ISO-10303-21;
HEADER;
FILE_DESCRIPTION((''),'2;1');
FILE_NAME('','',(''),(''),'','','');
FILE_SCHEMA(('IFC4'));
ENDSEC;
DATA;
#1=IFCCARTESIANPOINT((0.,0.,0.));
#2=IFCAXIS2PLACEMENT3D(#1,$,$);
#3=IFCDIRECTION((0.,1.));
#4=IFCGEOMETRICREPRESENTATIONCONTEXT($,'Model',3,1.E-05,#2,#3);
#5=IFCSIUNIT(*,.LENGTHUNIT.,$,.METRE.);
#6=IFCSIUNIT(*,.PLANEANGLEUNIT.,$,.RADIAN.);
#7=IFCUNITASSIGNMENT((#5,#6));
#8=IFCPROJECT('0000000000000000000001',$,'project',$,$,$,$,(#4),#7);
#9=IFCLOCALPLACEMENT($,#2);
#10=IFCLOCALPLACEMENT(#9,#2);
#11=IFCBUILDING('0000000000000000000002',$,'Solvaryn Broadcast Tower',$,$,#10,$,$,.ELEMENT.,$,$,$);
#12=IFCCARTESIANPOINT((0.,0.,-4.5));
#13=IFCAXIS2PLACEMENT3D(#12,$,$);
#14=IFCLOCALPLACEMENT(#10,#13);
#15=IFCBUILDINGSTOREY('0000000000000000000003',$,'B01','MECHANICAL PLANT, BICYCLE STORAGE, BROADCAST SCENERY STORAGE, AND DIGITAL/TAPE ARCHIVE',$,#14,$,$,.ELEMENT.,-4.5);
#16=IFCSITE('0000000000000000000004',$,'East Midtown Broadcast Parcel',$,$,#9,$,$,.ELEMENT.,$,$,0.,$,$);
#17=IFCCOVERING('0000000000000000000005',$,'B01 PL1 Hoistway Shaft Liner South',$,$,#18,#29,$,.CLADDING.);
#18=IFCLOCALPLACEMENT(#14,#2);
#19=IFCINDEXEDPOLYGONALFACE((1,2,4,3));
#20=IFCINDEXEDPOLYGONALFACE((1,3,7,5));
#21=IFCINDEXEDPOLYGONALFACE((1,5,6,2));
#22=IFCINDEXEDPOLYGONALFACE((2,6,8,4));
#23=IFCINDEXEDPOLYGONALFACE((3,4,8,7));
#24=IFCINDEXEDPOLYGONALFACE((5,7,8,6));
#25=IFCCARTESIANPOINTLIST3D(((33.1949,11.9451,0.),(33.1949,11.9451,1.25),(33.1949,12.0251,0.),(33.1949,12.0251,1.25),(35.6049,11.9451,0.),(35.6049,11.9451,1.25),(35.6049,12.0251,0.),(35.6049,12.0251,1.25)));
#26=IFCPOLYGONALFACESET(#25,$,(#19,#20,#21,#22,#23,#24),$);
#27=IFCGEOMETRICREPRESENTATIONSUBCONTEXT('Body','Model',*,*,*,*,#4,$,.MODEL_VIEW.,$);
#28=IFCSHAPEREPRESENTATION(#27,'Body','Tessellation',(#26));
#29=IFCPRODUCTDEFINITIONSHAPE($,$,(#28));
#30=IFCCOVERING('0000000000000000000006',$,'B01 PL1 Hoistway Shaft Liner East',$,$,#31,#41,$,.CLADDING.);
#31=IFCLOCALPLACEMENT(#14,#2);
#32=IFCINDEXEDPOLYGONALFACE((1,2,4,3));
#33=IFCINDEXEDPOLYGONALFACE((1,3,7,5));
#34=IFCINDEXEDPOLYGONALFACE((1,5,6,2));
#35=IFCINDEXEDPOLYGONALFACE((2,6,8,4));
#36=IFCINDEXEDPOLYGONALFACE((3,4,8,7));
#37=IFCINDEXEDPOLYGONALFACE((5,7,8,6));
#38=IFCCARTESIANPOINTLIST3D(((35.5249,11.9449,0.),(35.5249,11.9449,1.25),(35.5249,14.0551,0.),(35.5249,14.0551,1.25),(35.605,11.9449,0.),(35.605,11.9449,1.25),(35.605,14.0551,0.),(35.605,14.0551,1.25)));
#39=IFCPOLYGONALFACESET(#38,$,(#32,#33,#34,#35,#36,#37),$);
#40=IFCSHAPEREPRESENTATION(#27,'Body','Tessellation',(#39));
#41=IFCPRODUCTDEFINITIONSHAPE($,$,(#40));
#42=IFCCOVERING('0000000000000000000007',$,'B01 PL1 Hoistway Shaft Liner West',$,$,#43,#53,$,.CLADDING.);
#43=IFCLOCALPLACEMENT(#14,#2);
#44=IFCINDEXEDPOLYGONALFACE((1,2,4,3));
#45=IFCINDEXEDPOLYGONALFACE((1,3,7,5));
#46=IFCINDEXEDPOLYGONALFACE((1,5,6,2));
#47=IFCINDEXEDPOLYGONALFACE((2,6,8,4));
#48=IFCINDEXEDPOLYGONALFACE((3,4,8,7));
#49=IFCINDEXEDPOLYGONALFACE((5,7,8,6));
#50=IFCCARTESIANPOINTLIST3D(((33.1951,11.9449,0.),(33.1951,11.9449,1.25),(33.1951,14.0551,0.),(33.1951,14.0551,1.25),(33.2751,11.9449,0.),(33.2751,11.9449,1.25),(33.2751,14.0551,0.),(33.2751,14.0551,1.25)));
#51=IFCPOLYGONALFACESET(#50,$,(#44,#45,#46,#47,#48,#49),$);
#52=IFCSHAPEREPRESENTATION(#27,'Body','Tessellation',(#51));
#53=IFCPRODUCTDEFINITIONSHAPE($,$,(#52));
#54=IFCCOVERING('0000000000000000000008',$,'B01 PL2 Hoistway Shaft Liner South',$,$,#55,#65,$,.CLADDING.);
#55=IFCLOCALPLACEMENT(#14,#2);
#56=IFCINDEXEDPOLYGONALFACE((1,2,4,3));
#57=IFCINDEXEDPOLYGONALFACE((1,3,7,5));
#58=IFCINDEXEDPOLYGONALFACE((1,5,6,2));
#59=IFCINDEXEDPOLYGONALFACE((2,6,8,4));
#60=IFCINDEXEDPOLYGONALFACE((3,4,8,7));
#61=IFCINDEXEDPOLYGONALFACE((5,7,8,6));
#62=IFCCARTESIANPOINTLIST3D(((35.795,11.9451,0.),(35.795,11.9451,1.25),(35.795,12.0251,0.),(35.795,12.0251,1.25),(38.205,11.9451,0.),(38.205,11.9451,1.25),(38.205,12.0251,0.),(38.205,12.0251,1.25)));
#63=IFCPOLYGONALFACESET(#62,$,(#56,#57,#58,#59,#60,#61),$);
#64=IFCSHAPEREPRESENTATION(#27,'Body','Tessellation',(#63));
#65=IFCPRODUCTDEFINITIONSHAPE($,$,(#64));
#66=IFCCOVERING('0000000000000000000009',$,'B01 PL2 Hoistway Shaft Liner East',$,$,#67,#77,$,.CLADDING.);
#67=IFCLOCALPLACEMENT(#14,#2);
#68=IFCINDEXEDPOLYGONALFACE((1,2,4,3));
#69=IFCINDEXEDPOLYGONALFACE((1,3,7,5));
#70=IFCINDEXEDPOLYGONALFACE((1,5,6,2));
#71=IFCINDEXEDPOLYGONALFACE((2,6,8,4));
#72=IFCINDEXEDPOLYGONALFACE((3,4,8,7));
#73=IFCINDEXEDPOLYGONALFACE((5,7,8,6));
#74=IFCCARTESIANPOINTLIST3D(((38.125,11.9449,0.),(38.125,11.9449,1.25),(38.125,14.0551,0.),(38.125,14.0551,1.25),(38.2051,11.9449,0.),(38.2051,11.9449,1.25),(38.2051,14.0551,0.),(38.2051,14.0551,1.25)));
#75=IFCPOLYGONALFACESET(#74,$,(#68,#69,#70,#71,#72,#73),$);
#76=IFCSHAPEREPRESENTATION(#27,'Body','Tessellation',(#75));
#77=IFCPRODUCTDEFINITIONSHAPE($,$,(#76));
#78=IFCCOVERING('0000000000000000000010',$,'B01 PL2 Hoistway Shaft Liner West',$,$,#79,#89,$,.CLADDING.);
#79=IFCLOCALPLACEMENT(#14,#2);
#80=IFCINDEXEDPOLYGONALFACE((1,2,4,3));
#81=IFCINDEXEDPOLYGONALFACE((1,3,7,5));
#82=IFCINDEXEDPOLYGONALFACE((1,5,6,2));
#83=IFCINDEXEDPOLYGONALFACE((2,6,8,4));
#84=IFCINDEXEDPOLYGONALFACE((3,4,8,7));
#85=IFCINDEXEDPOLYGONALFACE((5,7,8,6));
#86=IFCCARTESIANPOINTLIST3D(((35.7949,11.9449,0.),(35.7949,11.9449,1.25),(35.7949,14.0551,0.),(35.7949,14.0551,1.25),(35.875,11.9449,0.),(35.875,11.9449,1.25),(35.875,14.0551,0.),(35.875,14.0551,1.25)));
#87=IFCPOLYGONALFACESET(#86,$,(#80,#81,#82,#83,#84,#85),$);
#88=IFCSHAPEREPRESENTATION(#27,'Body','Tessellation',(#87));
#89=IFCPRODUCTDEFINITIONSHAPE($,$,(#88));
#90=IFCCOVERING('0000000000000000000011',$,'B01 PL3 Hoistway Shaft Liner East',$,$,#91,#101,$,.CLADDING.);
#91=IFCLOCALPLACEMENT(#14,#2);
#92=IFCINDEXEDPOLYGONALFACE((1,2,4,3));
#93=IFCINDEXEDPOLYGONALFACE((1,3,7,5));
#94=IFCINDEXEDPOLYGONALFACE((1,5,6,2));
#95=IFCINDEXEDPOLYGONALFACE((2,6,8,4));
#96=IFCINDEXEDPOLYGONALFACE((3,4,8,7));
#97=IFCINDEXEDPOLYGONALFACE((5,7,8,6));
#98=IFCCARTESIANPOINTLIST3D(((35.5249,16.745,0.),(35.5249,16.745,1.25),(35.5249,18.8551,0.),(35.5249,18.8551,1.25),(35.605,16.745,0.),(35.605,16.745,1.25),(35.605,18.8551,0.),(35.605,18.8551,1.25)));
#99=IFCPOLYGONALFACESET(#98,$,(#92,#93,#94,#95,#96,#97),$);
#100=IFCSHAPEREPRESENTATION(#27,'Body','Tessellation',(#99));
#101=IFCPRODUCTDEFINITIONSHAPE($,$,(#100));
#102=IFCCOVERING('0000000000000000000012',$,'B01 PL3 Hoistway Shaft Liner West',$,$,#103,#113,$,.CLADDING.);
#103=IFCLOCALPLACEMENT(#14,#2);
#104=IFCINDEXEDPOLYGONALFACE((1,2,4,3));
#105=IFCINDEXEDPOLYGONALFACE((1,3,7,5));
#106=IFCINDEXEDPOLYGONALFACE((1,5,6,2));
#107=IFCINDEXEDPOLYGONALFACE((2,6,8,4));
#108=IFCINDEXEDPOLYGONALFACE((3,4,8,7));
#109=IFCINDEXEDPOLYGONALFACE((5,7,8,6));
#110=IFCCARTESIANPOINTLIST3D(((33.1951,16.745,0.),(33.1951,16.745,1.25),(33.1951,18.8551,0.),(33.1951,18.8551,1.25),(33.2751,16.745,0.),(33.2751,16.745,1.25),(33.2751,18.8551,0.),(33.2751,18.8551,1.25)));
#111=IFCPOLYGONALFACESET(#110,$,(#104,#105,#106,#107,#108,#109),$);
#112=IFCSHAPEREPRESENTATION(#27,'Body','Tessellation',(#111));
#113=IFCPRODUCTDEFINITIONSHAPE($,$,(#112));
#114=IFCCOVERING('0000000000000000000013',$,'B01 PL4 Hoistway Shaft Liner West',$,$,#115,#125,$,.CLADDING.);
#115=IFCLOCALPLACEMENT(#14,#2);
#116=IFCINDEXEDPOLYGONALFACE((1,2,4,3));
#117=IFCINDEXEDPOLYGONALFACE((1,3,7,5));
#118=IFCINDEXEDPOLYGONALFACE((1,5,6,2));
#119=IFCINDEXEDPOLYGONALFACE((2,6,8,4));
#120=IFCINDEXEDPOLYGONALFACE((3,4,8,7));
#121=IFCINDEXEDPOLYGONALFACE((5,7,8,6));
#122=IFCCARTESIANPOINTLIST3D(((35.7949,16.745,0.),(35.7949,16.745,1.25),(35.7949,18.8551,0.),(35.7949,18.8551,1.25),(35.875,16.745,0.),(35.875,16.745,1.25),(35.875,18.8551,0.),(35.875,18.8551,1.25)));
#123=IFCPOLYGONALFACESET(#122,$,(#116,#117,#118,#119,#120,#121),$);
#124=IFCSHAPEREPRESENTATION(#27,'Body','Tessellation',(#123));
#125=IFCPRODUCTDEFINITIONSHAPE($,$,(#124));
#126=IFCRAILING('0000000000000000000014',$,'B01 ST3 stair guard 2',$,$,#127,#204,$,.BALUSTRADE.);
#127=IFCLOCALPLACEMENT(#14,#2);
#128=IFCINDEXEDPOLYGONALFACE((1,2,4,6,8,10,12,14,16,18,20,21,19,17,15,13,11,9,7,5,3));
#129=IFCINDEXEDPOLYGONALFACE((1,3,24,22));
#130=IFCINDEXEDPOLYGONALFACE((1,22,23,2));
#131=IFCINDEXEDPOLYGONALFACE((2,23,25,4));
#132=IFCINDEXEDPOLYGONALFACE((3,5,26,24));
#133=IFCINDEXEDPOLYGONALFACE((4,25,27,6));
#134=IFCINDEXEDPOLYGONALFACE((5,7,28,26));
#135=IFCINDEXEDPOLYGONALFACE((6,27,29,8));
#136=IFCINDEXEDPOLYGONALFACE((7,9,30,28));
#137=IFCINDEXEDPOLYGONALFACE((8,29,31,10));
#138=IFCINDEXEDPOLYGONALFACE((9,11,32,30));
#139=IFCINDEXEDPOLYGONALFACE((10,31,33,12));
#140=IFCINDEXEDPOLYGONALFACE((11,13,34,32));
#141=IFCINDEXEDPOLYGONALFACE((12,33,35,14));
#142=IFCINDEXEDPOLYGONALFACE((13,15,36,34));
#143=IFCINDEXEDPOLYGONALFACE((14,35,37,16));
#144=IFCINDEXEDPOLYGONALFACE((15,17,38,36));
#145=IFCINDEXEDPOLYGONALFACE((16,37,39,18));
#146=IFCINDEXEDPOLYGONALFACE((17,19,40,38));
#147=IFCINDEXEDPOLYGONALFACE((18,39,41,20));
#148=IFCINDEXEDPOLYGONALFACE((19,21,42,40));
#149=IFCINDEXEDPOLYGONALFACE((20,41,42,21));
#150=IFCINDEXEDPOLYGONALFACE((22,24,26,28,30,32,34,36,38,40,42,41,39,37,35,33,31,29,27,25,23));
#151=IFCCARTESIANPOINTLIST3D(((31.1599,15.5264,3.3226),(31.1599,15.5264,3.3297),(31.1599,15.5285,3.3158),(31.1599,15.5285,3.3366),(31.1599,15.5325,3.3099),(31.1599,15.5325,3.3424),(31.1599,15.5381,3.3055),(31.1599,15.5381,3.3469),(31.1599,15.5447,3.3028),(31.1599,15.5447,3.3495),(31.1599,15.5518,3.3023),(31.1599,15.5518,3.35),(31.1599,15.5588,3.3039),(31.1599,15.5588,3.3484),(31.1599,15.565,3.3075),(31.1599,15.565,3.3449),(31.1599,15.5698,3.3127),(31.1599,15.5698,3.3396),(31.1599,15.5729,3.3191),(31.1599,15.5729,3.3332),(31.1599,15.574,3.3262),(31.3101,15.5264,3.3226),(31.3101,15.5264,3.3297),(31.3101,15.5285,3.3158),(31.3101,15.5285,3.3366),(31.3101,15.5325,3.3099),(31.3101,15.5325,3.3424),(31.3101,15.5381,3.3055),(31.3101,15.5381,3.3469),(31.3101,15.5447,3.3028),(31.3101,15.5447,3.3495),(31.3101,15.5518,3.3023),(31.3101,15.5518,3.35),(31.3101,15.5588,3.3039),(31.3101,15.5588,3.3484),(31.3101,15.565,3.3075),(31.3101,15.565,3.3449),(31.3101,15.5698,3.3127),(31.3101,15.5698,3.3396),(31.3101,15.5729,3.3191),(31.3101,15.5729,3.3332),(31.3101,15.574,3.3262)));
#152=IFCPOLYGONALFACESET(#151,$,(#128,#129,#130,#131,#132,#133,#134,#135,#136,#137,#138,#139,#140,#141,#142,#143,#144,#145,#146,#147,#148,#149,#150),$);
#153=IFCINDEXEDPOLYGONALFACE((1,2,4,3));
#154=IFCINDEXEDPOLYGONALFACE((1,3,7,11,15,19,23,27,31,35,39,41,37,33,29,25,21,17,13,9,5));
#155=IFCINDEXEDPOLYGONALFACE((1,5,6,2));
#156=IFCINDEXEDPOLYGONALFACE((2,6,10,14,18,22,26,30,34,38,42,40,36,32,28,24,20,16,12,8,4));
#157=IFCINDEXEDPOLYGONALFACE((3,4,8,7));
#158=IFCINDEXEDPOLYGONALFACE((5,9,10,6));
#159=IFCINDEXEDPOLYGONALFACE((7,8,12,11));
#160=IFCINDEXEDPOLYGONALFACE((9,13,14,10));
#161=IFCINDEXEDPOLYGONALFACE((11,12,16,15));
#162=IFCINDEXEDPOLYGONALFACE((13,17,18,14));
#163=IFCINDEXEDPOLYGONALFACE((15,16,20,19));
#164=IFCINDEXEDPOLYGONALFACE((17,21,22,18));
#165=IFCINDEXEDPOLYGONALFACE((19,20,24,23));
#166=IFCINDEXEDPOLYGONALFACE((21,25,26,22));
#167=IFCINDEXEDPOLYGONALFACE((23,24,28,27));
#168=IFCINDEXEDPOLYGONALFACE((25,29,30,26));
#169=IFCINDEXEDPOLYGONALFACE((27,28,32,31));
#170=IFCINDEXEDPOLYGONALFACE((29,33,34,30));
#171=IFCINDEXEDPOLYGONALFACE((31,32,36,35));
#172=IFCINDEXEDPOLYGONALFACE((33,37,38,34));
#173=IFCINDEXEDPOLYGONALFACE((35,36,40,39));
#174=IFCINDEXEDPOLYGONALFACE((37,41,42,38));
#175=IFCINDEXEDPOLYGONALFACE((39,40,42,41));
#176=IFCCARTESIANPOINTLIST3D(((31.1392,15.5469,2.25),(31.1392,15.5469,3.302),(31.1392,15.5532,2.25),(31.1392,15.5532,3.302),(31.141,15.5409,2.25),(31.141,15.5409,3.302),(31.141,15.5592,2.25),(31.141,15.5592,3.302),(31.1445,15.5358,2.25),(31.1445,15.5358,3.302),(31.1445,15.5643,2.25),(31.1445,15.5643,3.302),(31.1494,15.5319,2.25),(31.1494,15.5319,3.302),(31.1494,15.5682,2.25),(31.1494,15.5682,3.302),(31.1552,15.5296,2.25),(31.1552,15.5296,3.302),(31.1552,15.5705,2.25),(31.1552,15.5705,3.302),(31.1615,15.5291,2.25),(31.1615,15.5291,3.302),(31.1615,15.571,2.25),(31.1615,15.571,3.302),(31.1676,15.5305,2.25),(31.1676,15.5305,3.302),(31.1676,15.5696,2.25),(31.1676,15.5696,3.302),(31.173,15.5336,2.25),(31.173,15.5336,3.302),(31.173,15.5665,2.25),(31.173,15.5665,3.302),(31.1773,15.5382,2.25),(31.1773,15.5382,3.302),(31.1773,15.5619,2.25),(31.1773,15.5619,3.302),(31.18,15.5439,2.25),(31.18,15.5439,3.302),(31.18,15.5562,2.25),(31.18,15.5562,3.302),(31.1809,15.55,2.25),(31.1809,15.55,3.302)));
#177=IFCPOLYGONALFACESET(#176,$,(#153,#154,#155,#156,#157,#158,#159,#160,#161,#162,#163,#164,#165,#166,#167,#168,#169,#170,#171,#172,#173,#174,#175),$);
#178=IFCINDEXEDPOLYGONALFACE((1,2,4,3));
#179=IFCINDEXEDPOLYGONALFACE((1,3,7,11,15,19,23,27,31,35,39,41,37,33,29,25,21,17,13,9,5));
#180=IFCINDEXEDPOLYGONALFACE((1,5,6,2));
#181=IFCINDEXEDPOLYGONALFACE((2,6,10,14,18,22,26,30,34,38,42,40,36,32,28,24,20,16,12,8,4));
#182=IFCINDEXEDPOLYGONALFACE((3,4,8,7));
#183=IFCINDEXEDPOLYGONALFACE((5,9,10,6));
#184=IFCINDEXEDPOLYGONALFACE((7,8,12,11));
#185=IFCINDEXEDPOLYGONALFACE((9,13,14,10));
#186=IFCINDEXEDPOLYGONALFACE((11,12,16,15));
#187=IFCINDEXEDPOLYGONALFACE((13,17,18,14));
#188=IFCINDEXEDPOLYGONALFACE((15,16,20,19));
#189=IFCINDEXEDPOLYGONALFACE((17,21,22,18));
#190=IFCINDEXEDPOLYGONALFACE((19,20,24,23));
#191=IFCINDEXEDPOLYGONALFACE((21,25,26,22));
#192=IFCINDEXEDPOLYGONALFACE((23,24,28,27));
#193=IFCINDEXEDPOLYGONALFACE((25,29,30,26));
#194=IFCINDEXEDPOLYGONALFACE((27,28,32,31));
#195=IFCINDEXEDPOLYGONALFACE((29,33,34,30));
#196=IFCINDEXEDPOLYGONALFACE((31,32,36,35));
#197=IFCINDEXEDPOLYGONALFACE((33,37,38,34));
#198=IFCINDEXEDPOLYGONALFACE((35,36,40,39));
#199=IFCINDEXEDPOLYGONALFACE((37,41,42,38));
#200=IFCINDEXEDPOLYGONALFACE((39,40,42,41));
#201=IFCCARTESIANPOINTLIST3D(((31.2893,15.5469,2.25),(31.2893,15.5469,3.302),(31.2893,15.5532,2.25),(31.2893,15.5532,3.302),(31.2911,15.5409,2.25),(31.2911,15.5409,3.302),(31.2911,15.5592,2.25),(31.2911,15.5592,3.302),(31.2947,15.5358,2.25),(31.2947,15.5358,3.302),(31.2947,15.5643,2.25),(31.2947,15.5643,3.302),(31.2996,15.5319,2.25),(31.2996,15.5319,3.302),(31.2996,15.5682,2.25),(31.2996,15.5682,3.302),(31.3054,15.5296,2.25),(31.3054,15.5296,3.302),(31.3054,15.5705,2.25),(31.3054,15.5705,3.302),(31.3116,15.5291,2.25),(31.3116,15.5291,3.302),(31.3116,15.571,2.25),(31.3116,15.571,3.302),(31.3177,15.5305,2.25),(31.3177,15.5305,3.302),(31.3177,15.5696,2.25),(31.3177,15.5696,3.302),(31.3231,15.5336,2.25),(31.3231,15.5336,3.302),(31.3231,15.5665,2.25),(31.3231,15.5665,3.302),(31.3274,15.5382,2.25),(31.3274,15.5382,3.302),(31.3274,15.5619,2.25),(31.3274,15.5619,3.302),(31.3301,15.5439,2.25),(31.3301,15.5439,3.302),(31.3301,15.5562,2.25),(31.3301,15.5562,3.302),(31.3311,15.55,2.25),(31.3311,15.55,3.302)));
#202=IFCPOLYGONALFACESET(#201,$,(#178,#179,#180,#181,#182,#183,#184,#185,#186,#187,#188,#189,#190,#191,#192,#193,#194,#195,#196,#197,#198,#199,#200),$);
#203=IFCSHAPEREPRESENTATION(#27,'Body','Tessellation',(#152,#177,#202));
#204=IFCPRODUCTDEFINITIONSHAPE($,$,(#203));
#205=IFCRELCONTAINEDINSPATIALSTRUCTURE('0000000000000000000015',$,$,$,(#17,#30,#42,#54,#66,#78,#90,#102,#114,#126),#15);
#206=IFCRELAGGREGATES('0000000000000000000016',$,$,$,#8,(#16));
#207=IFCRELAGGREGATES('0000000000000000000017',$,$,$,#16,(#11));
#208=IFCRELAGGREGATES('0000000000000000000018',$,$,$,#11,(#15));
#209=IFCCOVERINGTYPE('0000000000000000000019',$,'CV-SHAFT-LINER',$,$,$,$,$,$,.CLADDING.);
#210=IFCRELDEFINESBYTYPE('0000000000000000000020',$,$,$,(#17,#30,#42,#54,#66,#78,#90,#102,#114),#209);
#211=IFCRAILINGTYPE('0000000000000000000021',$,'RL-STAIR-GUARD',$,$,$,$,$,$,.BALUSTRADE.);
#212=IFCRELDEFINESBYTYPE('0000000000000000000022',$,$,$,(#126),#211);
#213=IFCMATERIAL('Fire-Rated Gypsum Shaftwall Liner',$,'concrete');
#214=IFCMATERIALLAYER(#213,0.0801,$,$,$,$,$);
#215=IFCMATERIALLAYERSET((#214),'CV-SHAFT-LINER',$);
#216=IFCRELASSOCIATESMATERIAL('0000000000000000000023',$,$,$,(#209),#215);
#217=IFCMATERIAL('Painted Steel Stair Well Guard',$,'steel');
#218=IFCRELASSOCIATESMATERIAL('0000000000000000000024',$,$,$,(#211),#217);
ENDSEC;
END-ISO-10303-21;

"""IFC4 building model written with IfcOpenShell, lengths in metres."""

from ifc_helpers import new_model, si_unit, direction, frame, origin, origin_2d, place, context, subcontext, project, spatial, rectangle, circle, extrude, material, layer, layer_set, type_object, element, save


model = new_model("IFC4")

# Units and contexts
model_context = context("Model", 3, precision=1e-05, world=origin(), true_north=direction((0.0, 1.0)))
body_context = subcontext(model_context, "Body", "Model", "MODEL_VIEW")
ifc_project = project(units=[si_unit("LENGTHUNIT", "METRE"), si_unit("PLANEANGLEUNIT", "RADIAN")], contexts=[model_context])

# Site, building, storey
site_placement = place(None, origin())
site = spatial("IfcSite", under=ifc_project, at=site_placement, Name="East Midtown Broadcast Parcel", CompositionType="ELEMENT", RefElevation=0.0)
building_placement = place(site_placement, origin())
building = spatial("IfcBuilding", under=site, at=building_placement, Name="Solvaryn Broadcast Tower", CompositionType="ELEMENT")
storey_placement = place(building_placement, frame((0.0, 0.0, -4.5)))
storey = spatial("IfcBuildingStorey", under=building, at=storey_placement, Name="B01", Description="MECHANICAL PLANT, BICYCLE STORAGE, BROADCAST SCENERY STORAGE, AND DIGITAL/TAPE ARCHIVE", CompositionType="ELEMENT", Elevation=-4.5)

# Coverings
ifc_material_1 = material(Name="Fire-Rated Gypsum Shaftwall Liner", Category="concrete")
ifc_layer_1 = layer(ifc_material_1, 0.0801)
ifc_layer_set_1 = layer_set([ifc_layer_1], Name="CV-SHAFT-LINER")
covering_type = type_object("IfcCoveringType", Name="CV-SHAFT-LINER", PredefinedType="CLADDING", material=ifc_layer_set_1)
covering_1_placement = place(storey_placement, frame((34.3999, 11.9851, 0.0), z_axis=(0.0, 0.0, 1.0), x_axis=(1.0, 0.0, 0.0)))
element("IfcCovering", 1, at=covering_1_placement, inside=storey, type_object=covering_type, Name="B01 PL1 Hoistway Shaft Liner South", PredefinedType="CLADDING", context=body_context, shape_type="SweptSolid", body=[
    extrude(rectangle(XDim=2.4099, YDim=0.0801, at=origin_2d()), origin(), (0.0, 0.0, 1.0), 1.25),
])
for number, where, z_axis, x_axis, name in (
    (2, (35.5649, 13.0, 0.0), (0.0, 0.0, 1.0), (1.0, 0.0, 0.0), "B01 PL1 Hoistway Shaft Liner East"),
    (3, (33.2351, 13.0, 0.0), (0.0, 0.0, 1.0), (1.0, 0.0, 0.0), "B01 PL1 Hoistway Shaft Liner West"),
):
    element("IfcCovering", number, at=place(storey_placement, frame(where, z_axis=z_axis, x_axis=x_axis)), inside=storey, type_object=covering_type, Name=name, PredefinedType="CLADDING", context=body_context, shape_type="SweptSolid", body=[
        extrude(rectangle(XDim=0.0801, YDim=2.1101, at=origin_2d()), origin(), (0.0, 0.0, 1.0), 1.25),
    ])
covering_2_placement = place(storey_placement, frame((37.0, 11.9851, 0.0), z_axis=(0.0, 0.0, 1.0), x_axis=(1.0, 0.0, 0.0)))
element("IfcCovering", 4, at=covering_2_placement, inside=storey, type_object=covering_type, Name="B01 PL2 Hoistway Shaft Liner South", PredefinedType="CLADDING", context=body_context, shape_type="SweptSolid", body=[
    extrude(rectangle(XDim=2.4099, YDim=0.0801, at=origin_2d()), origin(), (0.0, 0.0, 1.0), 1.25),
])
for number, where, z_axis, x_axis, name in (
    (5, (38.165, 13.0, 0.0), (0.0, 0.0, 1.0), (1.0, 0.0, 0.0), "B01 PL2 Hoistway Shaft Liner East"),
    (6, (35.835, 13.0, 0.0), (0.0, 0.0, 1.0), (1.0, 0.0, 0.0), "B01 PL2 Hoistway Shaft Liner West"),
    (7, (35.5649, 17.8, 0.0), (0.0, 0.0, 1.0), (1.0, 0.0, 0.0), "B01 PL3 Hoistway Shaft Liner East"),
    (8, (33.2351, 17.8, 0.0), (0.0, 0.0, 1.0), (1.0, 0.0, 0.0), "B01 PL3 Hoistway Shaft Liner West"),
    (9, (35.835, 17.8, 0.0), (0.0, 0.0, 1.0), (1.0, 0.0, 0.0), "B01 PL4 Hoistway Shaft Liner West"),
):
    element("IfcCovering", number, at=place(storey_placement, frame(where, z_axis=z_axis, x_axis=x_axis)), inside=storey, type_object=covering_type, Name=name, PredefinedType="CLADDING", context=body_context, shape_type="SweptSolid", body=[
        extrude(rectangle(XDim=0.0801, YDim=2.1101, at=origin_2d()), origin(), (0.0, 0.0, 1.0), 1.25),
    ])

# Railing
ifc_material_2 = material(Name="Painted Steel Stair Well Guard", Category="steel")
railing_type_1 = type_object("IfcRailingType", Name="RL-STAIR-GUARD", PredefinedType="BALUSTRADE", material=ifc_material_2)
railing_1_placement = place(storey_placement, frame((31.1599, 15.55, 2.25)))
element("IfcRailing", 10, at=railing_1_placement, inside=storey, type_object=railing_type_1, Name="B01 ST3 stair guard 2", PredefinedType="BALUSTRADE", context=body_context, shape_type="SweptSolid", body=[
    extrude(circle(Radius=0.0239, at=origin_2d()), frame((0.0, 0.0, 1.0762), z_axis=(1.0, 0.0, 0.0), x_axis=(0.0, 1.0, 0.0)), (0.0, 0.0, 1.0), 0.1501),
    extrude(circle(Radius=0.021, at=origin_2d()), origin(), (0.0, 0.0, 1.0), 1.052),
    extrude(circle(Radius=0.021, at=origin_2d()), frame((0.1501, 0.0, 0.0)), (0.0, 0.0, 1.0), 1.052),
])

save(model, "model.ifc")
